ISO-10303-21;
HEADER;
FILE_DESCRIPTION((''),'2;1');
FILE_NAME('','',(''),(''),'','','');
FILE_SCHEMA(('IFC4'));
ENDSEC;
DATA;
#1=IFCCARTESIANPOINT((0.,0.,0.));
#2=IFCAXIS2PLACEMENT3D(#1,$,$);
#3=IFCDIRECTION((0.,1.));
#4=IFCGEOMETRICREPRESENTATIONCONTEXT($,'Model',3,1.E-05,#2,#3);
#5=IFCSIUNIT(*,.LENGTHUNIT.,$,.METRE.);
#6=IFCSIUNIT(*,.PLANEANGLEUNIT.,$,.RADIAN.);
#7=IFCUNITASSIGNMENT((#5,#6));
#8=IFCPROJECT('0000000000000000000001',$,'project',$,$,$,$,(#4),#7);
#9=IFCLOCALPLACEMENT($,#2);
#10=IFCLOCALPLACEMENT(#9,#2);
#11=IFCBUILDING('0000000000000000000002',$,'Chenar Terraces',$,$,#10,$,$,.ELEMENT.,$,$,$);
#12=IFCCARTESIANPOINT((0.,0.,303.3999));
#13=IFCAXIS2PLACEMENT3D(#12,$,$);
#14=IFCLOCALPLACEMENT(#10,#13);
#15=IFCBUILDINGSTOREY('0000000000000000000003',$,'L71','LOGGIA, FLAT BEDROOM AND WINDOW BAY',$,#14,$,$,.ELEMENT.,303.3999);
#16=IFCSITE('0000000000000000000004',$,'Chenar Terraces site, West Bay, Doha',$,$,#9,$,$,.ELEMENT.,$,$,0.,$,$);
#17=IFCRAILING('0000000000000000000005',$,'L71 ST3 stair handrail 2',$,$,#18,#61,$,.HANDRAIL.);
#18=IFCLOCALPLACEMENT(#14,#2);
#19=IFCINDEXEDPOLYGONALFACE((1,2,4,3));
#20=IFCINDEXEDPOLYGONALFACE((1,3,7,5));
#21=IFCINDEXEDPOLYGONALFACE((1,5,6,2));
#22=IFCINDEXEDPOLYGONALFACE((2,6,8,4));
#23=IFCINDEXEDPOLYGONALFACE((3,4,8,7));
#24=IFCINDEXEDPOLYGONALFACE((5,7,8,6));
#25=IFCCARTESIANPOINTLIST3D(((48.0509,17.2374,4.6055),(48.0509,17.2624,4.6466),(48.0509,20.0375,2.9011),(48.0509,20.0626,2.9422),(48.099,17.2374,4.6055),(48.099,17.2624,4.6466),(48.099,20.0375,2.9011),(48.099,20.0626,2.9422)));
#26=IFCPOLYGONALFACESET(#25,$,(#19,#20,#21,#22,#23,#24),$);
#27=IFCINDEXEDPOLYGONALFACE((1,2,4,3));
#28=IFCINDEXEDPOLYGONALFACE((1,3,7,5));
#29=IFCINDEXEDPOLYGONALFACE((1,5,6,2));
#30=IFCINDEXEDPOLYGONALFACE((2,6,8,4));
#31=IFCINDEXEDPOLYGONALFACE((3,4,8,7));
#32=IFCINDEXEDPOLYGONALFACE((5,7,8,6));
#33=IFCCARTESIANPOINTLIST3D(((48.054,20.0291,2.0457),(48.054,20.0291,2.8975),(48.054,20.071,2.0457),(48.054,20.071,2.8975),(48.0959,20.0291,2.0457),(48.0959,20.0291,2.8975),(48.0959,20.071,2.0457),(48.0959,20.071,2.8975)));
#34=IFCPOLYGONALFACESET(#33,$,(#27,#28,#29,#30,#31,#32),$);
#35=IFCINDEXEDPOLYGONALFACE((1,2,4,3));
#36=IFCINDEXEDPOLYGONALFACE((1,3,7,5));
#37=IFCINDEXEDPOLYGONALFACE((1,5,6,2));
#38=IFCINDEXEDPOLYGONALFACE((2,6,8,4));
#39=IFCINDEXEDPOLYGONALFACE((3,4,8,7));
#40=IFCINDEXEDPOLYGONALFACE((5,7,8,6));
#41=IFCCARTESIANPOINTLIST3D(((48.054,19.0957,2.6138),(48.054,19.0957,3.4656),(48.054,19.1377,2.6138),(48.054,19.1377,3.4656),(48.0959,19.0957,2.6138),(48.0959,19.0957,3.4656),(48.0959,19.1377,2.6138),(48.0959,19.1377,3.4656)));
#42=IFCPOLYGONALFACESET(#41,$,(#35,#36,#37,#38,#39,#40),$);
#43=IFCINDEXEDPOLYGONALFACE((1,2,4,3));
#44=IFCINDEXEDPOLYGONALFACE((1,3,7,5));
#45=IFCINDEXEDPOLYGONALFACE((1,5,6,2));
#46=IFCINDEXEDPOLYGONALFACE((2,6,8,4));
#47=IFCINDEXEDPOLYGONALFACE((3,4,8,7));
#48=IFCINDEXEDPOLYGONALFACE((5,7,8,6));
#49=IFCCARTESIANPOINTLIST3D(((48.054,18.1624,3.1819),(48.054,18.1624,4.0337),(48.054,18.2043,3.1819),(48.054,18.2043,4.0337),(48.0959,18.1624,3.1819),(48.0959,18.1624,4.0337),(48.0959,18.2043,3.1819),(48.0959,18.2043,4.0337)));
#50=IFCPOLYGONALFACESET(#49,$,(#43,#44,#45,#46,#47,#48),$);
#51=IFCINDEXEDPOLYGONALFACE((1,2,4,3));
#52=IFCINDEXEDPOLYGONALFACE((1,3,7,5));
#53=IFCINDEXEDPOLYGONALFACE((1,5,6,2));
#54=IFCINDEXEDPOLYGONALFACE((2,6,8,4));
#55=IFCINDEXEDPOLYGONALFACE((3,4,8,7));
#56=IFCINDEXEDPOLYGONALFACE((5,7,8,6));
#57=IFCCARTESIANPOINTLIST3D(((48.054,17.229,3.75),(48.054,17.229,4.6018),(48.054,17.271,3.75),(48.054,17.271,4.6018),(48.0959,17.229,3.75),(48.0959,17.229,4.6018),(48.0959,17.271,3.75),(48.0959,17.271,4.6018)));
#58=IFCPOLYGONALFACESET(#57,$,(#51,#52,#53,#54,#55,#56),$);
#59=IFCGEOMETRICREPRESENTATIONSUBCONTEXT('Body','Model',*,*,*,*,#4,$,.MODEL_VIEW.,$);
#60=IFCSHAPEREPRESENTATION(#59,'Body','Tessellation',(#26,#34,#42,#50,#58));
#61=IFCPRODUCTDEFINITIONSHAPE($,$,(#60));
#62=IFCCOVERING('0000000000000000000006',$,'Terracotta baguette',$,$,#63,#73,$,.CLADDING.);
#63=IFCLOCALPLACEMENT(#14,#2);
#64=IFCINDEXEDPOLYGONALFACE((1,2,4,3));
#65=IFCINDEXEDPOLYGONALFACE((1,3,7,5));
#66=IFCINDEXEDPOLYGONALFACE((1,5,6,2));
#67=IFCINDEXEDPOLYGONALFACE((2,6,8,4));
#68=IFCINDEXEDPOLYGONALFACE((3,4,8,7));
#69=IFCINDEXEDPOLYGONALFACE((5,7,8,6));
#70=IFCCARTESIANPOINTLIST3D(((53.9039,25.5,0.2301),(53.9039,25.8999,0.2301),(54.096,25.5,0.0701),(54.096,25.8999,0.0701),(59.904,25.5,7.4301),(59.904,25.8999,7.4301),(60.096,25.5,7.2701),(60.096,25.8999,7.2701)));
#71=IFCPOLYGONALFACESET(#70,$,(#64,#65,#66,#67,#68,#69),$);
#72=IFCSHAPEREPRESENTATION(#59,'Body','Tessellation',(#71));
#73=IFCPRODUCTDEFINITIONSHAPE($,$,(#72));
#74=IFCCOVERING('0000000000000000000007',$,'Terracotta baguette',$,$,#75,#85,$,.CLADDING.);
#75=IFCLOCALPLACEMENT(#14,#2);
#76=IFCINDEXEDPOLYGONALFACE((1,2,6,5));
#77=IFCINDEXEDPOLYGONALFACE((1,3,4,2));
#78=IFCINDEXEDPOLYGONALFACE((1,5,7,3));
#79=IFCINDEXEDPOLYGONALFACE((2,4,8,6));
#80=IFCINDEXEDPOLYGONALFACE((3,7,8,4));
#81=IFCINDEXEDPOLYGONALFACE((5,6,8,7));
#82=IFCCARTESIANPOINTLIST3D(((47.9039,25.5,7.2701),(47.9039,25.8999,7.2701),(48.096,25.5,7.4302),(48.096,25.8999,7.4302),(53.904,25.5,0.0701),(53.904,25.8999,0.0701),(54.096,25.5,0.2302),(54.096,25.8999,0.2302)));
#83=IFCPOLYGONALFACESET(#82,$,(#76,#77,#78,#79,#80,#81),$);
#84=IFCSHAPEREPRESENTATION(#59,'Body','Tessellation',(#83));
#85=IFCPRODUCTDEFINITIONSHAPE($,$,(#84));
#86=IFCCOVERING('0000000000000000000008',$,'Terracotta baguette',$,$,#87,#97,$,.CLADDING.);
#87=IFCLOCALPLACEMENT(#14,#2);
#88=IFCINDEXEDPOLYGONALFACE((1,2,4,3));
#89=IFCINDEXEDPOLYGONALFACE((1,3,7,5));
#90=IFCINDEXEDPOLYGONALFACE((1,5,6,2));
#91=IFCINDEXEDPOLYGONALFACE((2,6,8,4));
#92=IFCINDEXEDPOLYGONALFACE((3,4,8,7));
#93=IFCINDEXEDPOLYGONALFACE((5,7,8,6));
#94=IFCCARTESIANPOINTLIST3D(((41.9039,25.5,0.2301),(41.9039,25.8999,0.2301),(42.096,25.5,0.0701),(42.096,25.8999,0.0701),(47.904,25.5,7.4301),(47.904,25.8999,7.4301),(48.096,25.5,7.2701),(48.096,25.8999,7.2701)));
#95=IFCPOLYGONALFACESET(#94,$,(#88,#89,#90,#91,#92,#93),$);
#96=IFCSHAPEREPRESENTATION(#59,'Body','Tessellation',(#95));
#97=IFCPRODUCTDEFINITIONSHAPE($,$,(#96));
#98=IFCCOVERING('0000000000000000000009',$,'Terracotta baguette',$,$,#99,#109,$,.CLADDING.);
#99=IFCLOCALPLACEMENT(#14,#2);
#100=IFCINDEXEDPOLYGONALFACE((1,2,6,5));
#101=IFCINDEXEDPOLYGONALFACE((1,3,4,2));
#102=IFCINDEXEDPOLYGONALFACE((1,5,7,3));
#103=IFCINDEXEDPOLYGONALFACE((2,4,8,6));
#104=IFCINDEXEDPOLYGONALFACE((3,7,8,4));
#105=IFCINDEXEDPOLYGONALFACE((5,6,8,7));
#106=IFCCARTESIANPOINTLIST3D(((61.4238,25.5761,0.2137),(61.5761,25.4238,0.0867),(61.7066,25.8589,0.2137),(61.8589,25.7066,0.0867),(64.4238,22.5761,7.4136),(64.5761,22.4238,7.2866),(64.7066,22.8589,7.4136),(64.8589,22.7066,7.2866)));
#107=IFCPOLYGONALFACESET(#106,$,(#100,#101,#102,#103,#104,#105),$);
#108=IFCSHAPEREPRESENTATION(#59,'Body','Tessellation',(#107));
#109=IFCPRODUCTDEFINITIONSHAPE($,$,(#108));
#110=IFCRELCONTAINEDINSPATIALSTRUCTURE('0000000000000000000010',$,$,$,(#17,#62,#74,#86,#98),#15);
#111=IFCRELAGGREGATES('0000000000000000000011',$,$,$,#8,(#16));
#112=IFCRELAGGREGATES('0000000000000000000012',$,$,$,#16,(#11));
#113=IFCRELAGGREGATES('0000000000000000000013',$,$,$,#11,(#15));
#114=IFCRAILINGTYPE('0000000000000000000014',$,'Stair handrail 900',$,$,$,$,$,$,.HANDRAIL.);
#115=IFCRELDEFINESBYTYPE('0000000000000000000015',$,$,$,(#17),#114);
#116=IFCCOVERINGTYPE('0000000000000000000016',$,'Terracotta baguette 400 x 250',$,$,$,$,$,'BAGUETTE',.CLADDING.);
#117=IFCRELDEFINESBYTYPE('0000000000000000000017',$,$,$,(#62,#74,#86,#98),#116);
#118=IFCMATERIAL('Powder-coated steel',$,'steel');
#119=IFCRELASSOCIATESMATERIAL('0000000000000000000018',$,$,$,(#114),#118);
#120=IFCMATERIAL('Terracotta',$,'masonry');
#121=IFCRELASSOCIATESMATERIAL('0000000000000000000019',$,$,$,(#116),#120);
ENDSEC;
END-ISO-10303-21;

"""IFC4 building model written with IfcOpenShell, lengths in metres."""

from ifc_helpers import new_model, si_unit, direction, frame, origin, origin_2d, place, context, subcontext, project, spatial, rectangle, extrude, material, material_profile, profile_set, type_object, element, save


model = new_model("IFC4")

# Units and contexts
model_context = context("Model", 3, precision=1e-05, world=origin(), true_north=direction((0.0, 1.0)))
body_context = subcontext(model_context, "Body", "Model", "MODEL_VIEW")
ifc_project = project(units=[si_unit("LENGTHUNIT", "METRE"), si_unit("PLANEANGLEUNIT", "RADIAN")], contexts=[model_context])

# Site, building, storey
site_placement = place(None, origin())
site = spatial("IfcSite", under=ifc_project, at=site_placement, Name="Chenar Terraces site, West Bay, Doha", CompositionType="ELEMENT", RefElevation=0.0)
building_placement = place(site_placement, origin())
building = spatial("IfcBuilding", under=site, at=building_placement, Name="Chenar Terraces", CompositionType="ELEMENT")
storey_placement = place(building_placement, frame((0.0, 0.0, 303.3999)))
storey = spatial("IfcBuildingStorey", under=building, at=storey_placement, Name="L71", Description="LOGGIA, FLAT BEDROOM AND WINDOW BAY", CompositionType="ELEMENT", Elevation=303.3999)

# Railing
ifc_material_1 = material(Name="Powder-coated steel", Category="steel")
railing_type_1 = type_object("IfcRailingType", Name="Stair handrail 900", PredefinedType="HANDRAIL", material=ifc_material_1)
railing_1_placement = place(storey_placement, frame((48.075, 20.05, 2.0457)))
element("IfcRailing", 1, at=railing_1_placement, inside=storey, type_object=railing_type_1, Name="L71 ST3 stair handrail 2", PredefinedType="HANDRAIL", context=body_context, shape_type="SweptSolid", body=[
    extrude(rectangle(XDim=0.0481, YDim=0.0481, at=origin_2d()), frame((0.0, 0.0, 0.876), z_axis=(0.0, -0.854203, 0.51994), x_axis=(1.0, 0.0, 0.0)), (0.0, 0.0, 1.0), 3.2781),
    extrude(rectangle(XDim=0.042, YDim=0.042, at=origin_2d()), origin(), (0.0, 0.0, 1.0), 0.8518),
    extrude(rectangle(XDim=0.042, YDim=0.042, at=origin_2d()), frame((0.0, -0.9333, 0.5681)), (0.0, 0.0, 1.0), 0.8518),
    extrude(rectangle(XDim=0.042, YDim=0.042, at=origin_2d()), frame((0.0, -1.8667, 1.1362)), (0.0, 0.0, 1.0), 0.8518),
    extrude(rectangle(XDim=0.042, YDim=0.042, at=origin_2d()), frame((0.0, -2.8, 1.7043)), (0.0, 0.0, 1.0), 0.8518),
])

# Coverings
ifc_material_2 = material(Name="Terracotta", Category="masonry")
ifc_material_profile_1 = material_profile(ifc_material_2, rectangle(XDim=0.3999, YDim=0.25, at=origin_2d()), Name="Terracotta baguette 400 x 250")
ifc_profile_set_1 = profile_set([ifc_material_profile_1], Name="Terracotta")
covering_type = type_object("IfcCoveringType", Name="Terracotta baguette 400 x 250", ElementType="BAGUETTE", PredefinedType="CLADDING", material=ifc_profile_set_1)
for number, where, z_axis, x_axis, name in (
    (2, (60.0, 25.7, 7.3501), (-0.640187, 0.0, -0.768219), (0.0, -1.0, 0.0), "Terracotta baguette"),
    (3, (54.0, 25.7, 0.1501), (-0.640187, 0.0, 0.768219), (0.0, -1.0, 0.0), "Terracotta baguette"),
    (4, (48.0, 25.7, 7.3501), (-0.640187, 0.0, -0.768219), (0.0, -1.0, 0.0), "Terracotta baguette"),
):
    element("IfcCovering", number, at=place(storey_placement, frame(where, z_axis=z_axis, x_axis=x_axis)), inside=storey, type_object=covering_type, Name=name, PredefinedType="CLADDING", context=body_context, shape_type="SweptSolid", body=[
        extrude(rectangle(XDim=0.3999, YDim=0.25, at=origin_2d()), origin(), (0.0, 0.0, 1.0), 9.3723),
    ])
covering_placement = place(storey_placement, frame((64.6414, 22.6414, 7.3501), z_axis=(-0.358981, 0.358981, -0.861548), x_axis=(-0.707107, -0.707107, 0.0)))
element("IfcCovering", 5, at=covering_placement, inside=storey, type_object=covering_type, Name="Terracotta baguette", PredefinedType="CLADDING", context=body_context, shape_type="SweptSolid", body=[
    extrude(rectangle(XDim=0.3999, YDim=0.25, at=origin_2d()), origin(), (0.0, 0.0, 1.0), 8.3569),
])

save(model, "model.ifc")
